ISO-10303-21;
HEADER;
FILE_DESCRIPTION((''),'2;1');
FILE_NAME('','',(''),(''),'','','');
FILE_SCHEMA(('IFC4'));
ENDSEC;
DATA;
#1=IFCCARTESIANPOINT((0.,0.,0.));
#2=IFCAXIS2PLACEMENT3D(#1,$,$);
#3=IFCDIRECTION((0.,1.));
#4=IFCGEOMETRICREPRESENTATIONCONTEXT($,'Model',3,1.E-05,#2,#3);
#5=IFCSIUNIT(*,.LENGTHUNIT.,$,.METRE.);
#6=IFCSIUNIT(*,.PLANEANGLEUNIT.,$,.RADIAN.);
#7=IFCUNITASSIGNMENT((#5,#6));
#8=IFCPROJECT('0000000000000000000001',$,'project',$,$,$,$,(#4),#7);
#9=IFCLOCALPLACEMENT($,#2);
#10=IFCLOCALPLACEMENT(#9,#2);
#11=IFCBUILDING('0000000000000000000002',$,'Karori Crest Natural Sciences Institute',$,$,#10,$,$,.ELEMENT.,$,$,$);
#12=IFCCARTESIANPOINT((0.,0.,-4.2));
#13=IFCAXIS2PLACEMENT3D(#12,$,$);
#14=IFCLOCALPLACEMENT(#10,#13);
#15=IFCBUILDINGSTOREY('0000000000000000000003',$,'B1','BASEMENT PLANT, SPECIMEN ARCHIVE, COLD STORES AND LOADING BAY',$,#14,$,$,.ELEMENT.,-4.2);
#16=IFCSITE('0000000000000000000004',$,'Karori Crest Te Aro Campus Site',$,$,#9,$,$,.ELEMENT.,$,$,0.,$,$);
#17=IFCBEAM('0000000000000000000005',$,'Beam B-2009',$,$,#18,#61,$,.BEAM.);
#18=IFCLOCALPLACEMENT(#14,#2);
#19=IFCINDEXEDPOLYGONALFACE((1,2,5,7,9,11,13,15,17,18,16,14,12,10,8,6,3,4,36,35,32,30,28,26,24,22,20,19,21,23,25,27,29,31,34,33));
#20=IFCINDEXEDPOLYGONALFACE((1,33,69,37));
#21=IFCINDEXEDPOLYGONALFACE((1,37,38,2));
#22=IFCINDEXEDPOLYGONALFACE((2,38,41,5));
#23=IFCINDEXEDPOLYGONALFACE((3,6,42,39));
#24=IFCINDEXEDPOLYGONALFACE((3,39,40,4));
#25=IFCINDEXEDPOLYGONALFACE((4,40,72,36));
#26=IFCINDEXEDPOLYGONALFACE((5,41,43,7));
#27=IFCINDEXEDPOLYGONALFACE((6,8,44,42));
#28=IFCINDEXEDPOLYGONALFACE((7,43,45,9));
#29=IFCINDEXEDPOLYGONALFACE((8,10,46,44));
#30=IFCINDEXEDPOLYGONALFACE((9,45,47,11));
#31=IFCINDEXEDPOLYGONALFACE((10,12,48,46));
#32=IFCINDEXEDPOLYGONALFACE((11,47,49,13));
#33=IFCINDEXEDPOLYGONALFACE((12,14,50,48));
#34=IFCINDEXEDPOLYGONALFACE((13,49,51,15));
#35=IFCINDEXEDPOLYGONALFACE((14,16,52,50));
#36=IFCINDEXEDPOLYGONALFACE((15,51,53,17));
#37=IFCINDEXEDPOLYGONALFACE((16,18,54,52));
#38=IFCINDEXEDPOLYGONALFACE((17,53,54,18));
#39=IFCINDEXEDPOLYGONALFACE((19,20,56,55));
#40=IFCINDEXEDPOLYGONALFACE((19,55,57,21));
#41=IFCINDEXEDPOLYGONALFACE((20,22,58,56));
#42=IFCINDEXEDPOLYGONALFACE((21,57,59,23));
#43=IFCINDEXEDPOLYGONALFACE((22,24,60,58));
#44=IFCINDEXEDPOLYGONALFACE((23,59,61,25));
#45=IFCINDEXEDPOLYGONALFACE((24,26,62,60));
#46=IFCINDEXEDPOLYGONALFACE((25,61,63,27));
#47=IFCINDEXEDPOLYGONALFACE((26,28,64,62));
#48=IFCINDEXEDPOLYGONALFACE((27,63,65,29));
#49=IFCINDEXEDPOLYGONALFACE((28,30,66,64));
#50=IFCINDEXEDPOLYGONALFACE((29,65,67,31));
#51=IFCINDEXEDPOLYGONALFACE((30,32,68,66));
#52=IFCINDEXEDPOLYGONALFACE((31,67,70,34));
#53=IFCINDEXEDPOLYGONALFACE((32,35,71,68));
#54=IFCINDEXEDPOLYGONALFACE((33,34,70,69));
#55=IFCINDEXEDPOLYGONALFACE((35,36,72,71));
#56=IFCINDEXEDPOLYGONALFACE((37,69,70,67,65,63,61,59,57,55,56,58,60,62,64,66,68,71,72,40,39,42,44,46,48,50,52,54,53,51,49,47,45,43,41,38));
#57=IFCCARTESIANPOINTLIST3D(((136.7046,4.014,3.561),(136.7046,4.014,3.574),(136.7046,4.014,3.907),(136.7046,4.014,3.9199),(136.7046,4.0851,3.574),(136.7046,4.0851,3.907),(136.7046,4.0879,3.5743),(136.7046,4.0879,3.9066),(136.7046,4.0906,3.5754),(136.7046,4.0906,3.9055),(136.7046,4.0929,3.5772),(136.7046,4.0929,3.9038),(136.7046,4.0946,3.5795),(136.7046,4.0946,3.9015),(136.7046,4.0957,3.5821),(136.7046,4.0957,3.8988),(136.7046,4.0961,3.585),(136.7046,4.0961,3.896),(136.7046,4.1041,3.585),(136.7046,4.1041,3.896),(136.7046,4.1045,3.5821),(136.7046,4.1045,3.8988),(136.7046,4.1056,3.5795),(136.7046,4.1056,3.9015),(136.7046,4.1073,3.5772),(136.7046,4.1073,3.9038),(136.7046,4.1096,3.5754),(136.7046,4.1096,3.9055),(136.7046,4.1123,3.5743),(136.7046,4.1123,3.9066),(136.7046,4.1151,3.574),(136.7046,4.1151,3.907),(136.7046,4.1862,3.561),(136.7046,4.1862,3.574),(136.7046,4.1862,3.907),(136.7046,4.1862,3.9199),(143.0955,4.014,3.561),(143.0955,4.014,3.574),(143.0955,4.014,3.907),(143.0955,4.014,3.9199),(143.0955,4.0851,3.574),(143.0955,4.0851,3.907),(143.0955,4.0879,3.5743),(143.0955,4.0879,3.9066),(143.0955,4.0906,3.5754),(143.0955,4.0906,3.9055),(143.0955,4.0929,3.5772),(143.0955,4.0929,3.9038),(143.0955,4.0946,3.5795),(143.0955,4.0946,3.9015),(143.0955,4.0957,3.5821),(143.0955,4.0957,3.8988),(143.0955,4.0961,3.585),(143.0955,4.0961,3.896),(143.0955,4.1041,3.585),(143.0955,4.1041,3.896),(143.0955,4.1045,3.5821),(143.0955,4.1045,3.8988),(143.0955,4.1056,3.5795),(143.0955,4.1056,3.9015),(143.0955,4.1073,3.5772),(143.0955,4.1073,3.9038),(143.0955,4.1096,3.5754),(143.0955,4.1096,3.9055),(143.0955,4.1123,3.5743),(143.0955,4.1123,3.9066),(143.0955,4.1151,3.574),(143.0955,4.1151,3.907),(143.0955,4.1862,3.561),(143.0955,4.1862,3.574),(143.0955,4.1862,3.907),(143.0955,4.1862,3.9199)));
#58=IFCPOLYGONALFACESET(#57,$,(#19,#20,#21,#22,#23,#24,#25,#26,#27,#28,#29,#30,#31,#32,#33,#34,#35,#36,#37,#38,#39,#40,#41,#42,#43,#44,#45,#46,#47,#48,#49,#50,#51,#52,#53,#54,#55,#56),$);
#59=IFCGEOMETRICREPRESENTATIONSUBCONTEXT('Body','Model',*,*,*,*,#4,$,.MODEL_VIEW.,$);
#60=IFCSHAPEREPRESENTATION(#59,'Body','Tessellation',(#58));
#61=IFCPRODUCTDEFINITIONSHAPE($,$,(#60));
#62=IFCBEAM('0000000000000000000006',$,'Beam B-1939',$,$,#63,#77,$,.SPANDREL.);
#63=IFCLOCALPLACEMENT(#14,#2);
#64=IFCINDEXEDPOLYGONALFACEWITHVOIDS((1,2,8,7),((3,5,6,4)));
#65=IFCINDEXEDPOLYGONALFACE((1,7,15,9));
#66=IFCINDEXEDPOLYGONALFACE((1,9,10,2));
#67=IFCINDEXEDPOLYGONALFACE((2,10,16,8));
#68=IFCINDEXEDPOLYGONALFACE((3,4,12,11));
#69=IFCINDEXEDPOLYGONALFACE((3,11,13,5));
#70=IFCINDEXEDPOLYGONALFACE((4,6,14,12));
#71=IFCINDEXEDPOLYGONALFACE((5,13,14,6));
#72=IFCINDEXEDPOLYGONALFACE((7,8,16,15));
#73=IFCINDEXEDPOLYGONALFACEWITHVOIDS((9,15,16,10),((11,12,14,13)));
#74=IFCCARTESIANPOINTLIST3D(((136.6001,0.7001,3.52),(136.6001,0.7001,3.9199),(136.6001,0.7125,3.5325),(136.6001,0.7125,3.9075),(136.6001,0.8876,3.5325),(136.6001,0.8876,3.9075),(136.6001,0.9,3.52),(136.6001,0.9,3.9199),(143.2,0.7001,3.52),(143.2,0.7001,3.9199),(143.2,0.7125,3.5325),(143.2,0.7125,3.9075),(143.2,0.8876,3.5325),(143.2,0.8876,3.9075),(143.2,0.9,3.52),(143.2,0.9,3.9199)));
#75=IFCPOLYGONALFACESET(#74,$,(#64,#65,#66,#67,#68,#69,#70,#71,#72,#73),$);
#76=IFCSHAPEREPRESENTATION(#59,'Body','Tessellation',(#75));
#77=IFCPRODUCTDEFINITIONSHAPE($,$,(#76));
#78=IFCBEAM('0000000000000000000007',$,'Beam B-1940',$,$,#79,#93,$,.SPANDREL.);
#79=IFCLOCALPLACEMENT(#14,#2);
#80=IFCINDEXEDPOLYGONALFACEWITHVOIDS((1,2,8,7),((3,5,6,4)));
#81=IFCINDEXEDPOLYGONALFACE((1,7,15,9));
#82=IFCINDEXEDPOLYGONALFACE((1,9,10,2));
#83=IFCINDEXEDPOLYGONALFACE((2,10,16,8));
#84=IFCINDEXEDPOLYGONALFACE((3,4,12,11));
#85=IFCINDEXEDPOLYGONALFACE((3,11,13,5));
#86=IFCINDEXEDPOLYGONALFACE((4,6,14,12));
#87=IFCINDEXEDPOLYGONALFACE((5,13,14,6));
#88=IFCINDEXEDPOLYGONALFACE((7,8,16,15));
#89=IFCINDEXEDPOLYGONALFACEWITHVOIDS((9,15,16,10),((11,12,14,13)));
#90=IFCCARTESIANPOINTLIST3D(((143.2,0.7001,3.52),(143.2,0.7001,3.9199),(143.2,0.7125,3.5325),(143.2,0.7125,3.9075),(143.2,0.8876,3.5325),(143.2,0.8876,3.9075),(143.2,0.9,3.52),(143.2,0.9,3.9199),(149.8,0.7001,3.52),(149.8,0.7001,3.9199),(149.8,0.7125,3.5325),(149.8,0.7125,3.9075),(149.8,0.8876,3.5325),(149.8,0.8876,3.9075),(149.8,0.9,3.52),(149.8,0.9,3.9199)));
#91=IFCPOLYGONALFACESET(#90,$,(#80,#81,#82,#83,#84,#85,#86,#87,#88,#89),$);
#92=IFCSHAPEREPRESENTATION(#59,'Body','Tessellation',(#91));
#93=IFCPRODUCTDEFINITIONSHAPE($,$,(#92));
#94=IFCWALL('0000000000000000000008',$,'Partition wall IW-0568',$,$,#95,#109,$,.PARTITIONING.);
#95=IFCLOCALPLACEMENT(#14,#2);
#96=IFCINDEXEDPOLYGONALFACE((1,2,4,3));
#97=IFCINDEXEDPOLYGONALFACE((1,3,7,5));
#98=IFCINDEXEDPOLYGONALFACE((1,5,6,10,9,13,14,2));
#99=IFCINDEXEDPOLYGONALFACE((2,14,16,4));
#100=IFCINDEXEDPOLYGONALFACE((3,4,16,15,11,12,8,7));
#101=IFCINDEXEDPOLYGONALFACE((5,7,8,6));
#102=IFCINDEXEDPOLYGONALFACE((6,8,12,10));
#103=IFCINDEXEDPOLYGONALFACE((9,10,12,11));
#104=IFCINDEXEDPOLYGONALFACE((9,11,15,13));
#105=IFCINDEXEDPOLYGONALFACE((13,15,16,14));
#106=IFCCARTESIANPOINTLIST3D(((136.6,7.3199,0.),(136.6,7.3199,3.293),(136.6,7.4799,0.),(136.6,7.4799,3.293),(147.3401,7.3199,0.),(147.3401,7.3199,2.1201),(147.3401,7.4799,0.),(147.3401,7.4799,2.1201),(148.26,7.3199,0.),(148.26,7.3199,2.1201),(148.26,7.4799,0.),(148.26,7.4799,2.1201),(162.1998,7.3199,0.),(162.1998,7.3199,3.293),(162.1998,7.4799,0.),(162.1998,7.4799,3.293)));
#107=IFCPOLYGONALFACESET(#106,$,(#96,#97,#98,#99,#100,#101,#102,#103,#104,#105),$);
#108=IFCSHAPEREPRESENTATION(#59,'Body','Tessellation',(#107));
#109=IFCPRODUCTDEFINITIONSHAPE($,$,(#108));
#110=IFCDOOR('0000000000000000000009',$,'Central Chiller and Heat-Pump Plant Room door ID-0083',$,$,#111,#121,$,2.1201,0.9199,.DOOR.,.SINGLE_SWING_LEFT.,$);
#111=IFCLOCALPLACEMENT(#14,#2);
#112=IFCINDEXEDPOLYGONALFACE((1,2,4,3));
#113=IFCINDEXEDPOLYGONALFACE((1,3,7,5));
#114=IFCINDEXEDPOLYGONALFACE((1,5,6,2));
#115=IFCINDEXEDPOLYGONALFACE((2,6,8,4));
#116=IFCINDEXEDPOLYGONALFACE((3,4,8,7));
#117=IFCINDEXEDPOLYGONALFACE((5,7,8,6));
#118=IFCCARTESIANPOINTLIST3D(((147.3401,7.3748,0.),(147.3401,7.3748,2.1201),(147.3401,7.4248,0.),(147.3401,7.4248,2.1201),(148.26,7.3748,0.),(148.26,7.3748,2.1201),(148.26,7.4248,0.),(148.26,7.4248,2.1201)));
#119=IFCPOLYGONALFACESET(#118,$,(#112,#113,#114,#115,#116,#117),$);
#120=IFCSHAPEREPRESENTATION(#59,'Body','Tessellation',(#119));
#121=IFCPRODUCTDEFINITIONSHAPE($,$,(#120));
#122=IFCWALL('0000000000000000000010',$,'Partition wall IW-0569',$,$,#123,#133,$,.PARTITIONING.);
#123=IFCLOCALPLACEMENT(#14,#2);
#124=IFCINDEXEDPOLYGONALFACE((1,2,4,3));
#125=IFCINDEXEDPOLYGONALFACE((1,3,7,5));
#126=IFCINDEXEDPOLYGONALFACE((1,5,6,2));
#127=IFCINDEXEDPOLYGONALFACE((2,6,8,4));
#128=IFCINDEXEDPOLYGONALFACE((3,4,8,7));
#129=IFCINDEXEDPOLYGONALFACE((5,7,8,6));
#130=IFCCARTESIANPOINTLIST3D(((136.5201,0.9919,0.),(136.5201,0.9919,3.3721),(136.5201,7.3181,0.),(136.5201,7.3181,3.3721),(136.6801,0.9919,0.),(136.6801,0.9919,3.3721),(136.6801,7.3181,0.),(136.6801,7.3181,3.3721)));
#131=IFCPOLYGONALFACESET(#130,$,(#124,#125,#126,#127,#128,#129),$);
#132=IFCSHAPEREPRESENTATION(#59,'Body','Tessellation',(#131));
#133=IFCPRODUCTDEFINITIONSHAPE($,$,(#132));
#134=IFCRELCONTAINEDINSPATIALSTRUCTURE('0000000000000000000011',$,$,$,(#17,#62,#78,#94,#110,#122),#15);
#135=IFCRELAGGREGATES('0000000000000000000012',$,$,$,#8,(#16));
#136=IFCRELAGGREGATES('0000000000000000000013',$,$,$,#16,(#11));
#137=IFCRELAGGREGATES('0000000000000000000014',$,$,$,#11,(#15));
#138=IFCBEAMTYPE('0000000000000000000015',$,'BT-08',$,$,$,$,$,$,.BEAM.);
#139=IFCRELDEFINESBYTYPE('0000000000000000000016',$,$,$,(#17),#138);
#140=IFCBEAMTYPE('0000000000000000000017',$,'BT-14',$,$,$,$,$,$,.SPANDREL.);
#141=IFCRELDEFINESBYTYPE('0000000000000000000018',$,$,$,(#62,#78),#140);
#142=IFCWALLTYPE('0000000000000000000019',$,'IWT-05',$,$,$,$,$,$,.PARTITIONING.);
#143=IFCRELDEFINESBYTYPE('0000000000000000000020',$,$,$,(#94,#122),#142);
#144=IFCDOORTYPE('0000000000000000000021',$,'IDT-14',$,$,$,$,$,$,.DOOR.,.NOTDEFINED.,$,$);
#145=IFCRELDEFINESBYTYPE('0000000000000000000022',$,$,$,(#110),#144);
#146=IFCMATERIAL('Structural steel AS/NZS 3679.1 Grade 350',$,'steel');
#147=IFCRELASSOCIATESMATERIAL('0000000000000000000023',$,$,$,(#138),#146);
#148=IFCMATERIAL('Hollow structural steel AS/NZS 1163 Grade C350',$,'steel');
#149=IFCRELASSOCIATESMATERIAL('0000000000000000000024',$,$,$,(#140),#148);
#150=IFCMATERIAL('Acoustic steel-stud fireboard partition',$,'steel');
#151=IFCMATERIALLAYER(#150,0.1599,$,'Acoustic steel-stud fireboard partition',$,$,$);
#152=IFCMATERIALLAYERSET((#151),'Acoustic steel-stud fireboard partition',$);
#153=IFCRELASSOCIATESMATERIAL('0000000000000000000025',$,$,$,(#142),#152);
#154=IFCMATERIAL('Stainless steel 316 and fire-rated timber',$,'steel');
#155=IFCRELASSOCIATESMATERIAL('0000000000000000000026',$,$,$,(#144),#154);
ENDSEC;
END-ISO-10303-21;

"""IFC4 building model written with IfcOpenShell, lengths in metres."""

from ifc_helpers import new_model, si_unit, direction, frame, frame_2d, origin, origin_2d, place, context, subcontext, project, spatial, rectangle, hollow_rectangle, i_section, extrude, material, layer, layer_set, material_profile, profile_set, type_object, element, fill, save


model = new_model("IFC4")

# Units and contexts
model_context = context("Model", 3, precision=1e-05, world=origin(), true_north=direction((0.0, 1.0)))
body_context = subcontext(model_context, "Body", "Model", "MODEL_VIEW")
ifc_project = project(units=[si_unit("LENGTHUNIT", "METRE"), si_unit("PLANEANGLEUNIT", "RADIAN")], contexts=[model_context])

# Site, building, storey
site_placement = place(None, origin())
site = spatial("IfcSite", under=ifc_project, at=site_placement, Name="Karori Crest Te Aro Campus Site", CompositionType="ELEMENT", RefElevation=0.0)
building_placement = place(site_placement, origin())
building = spatial("IfcBuilding", under=site, at=building_placement, Name="Karori Crest Natural Sciences Institute", CompositionType="ELEMENT")
storey_placement = place(building_placement, frame((0.0, 0.0, -4.2)))
storey = spatial("IfcBuildingStorey", under=building, at=storey_placement, Name="B1", Description="BASEMENT PLANT, SPECIMEN ARCHIVE, COLD STORES AND LOADING BAY", CompositionType="ELEMENT", Elevation=-4.2)

# Shared definitions
ifc_material_1 = material(Name="Structural steel AS/NZS 3679.1 Grade 350", Category="steel")

# Beams
ifc_material_profile_1 = material_profile(ifc_material_1, i_section(OverallWidth=0.1721, OverallDepth=0.3589, WebThickness=0.0081, FlangeThickness=0.0129, FilletRadius=0.011, at=origin_2d()), Name="360UB56.7")
ifc_profile_set_1 = profile_set([ifc_material_profile_1], Name="Structural steel AS/NZS 3679.1 Grade 350")
beam_type_1 = type_object("IfcBeamType", Name="BT-08", PredefinedType="BEAM", material=ifc_profile_set_1)
beam_1_placement = place(storey_placement, frame((136.7046, 4.1001, 3.7405), z_axis=(1.0, 0.0, 0.0), x_axis=(0.0, 1.0, 0.0)))
element("IfcBeam", 1, at=beam_1_placement, inside=storey, type_object=beam_type_1, Name="Beam B-2009", PredefinedType="BEAM", context=body_context, shape_type="SweptSolid", body=[
    extrude(i_section(OverallWidth=0.1721, OverallDepth=0.3589, WebThickness=0.0081, FlangeThickness=0.0129, FilletRadius=0.011, at=origin_2d()), origin(), (0.0, 0.0, 1.0), 6.3909),
])
ifc_material_2 = material(Name="Hollow structural steel AS/NZS 1163 Grade C350", Category="steel")
ifc_material_profile_2 = material_profile(ifc_material_2, hollow_rectangle(XDim=0.2, YDim=0.3999, WallThickness=0.0125, at=origin_2d()), Name="RHS400x200x12.5")
ifc_profile_set_2 = profile_set([ifc_material_profile_2], Name="Hollow structural steel AS/NZS 1163 Grade C350")
beam_type_2 = type_object("IfcBeamType", Name="BT-14", PredefinedType="SPANDREL", material=ifc_profile_set_2)
beam_2_placement = place(storey_placement, frame((136.6001, 0.8, 3.72), z_axis=(1.0, 0.0, 0.0), x_axis=(0.0, 1.0, 0.0)))
element("IfcBeam", 2, at=beam_2_placement, inside=storey, type_object=beam_type_2, Name="Beam B-1939", PredefinedType="SPANDREL", context=body_context, shape_type="SweptSolid", body=[
    extrude(hollow_rectangle(XDim=0.2, YDim=0.3999, WallThickness=0.0125, at=origin_2d()), origin(), (0.0, 0.0, 1.0), 6.5999),
])
beam_3_placement = place(storey_placement, frame((143.2, 0.8, 3.72), z_axis=(1.0, 0.0, 0.0), x_axis=(0.0, 1.0, 0.0)))
element("IfcBeam", 3, at=beam_3_placement, inside=storey, type_object=beam_type_2, Name="Beam B-1940", PredefinedType="SPANDREL", context=body_context, shape_type="SweptSolid", body=[
    extrude(hollow_rectangle(XDim=0.2, YDim=0.3999, WallThickness=0.0125, at=origin_2d()), origin(), (0.0, 0.0, 1.0), 6.6001),
])

# Wall, opening, door
ifc_material_3 = material(Name="Acoustic steel-stud fireboard partition", Category="steel")
ifc_layer = layer(ifc_material_3, 0.1599, Name="Acoustic steel-stud fireboard partition")
ifc_layer_set = layer_set([ifc_layer], Name="Acoustic steel-stud fireboard partition")
wall_type = type_object("IfcWallType", Name="IWT-05", PredefinedType="PARTITIONING", material=ifc_layer_set)
wall_1_placement = place(storey_placement, frame((136.6001, 7.3999, 0.0), z_axis=(0.0, 0.0, 1.0), x_axis=(1.0, 0.0, 0.0)))
wall_1 = element("IfcWall", 4, at=wall_1_placement, inside=storey, type_object=wall_type, Name="Partition wall IW-0568", PredefinedType="PARTITIONING", context=body_context, shape_type="SweptSolid", body=[
    extrude(rectangle(XDim=25.5999, YDim=0.1599, at=frame_2d((12.7998, 0.0))), origin(), (0.0, 0.0, 1.0), 3.293),
])
opening_placement = place(wall_1_placement, frame((10.74, 0.0, 0.0)))
opening = element("IfcOpeningElement", 5, at=opening_placement, cuts=wall_1, PredefinedType="OPENING", context=body_context, shape_type="SweptSolid", body=[
    extrude(rectangle(XDim=0.9199, YDim=2.1201, at=frame_2d((0.46, 1.0601))), frame((0.0, 0.0898, 0.0), z_axis=(0.0, -1.0, 0.0), x_axis=(1.0, 0.0, 0.0)), (0.0, 0.0, 1.0), 0.1799),
])
ifc_material_4 = material(Name="Stainless steel 316 and fire-rated timber", Category="steel")
door_type = type_object("IfcDoorType", Name="IDT-14", OperationType="NOTDEFINED", PredefinedType="DOOR", material=ifc_material_4)
door_placement = place(opening_placement, origin())
door = element("IfcDoor", 6, at=door_placement, inside=storey, type_object=door_type, Name="Central Chiller and Heat-Pump Plant Room door ID-0083", OperationType="SINGLE_SWING_LEFT", OverallHeight=2.1201, OverallWidth=0.9199, PredefinedType="DOOR", context=body_context, shape_type="SweptSolid", body=[
    extrude(rectangle(XDim=0.9199, YDim=2.1201, at=frame_2d((0.46, 1.0601))), frame((0.0, 0.0249, 0.0), z_axis=(0.0, -1.0, 0.0), x_axis=(1.0, 0.0, 0.0)), (0.0, 0.0, 1.0), 0.05),
])
fill(opening, door)

# Wall
wall_2_placement = place(storey_placement, frame((136.6001, 0.9919, 0.0), z_axis=(0.0, 0.0, 1.0), x_axis=(0.0, 1.0, 0.0)))
element("IfcWall", 7, at=wall_2_placement, inside=storey, type_object=wall_type, Name="Partition wall IW-0569", PredefinedType="PARTITIONING", context=body_context, shape_type="SweptSolid", body=[
    extrude(rectangle(XDim=6.3262, YDim=0.1599, at=frame_2d((3.1631, 0.0))), origin(), (0.0, 0.0, 1.0), 3.3721),
])

save(model, "model.ifc")
